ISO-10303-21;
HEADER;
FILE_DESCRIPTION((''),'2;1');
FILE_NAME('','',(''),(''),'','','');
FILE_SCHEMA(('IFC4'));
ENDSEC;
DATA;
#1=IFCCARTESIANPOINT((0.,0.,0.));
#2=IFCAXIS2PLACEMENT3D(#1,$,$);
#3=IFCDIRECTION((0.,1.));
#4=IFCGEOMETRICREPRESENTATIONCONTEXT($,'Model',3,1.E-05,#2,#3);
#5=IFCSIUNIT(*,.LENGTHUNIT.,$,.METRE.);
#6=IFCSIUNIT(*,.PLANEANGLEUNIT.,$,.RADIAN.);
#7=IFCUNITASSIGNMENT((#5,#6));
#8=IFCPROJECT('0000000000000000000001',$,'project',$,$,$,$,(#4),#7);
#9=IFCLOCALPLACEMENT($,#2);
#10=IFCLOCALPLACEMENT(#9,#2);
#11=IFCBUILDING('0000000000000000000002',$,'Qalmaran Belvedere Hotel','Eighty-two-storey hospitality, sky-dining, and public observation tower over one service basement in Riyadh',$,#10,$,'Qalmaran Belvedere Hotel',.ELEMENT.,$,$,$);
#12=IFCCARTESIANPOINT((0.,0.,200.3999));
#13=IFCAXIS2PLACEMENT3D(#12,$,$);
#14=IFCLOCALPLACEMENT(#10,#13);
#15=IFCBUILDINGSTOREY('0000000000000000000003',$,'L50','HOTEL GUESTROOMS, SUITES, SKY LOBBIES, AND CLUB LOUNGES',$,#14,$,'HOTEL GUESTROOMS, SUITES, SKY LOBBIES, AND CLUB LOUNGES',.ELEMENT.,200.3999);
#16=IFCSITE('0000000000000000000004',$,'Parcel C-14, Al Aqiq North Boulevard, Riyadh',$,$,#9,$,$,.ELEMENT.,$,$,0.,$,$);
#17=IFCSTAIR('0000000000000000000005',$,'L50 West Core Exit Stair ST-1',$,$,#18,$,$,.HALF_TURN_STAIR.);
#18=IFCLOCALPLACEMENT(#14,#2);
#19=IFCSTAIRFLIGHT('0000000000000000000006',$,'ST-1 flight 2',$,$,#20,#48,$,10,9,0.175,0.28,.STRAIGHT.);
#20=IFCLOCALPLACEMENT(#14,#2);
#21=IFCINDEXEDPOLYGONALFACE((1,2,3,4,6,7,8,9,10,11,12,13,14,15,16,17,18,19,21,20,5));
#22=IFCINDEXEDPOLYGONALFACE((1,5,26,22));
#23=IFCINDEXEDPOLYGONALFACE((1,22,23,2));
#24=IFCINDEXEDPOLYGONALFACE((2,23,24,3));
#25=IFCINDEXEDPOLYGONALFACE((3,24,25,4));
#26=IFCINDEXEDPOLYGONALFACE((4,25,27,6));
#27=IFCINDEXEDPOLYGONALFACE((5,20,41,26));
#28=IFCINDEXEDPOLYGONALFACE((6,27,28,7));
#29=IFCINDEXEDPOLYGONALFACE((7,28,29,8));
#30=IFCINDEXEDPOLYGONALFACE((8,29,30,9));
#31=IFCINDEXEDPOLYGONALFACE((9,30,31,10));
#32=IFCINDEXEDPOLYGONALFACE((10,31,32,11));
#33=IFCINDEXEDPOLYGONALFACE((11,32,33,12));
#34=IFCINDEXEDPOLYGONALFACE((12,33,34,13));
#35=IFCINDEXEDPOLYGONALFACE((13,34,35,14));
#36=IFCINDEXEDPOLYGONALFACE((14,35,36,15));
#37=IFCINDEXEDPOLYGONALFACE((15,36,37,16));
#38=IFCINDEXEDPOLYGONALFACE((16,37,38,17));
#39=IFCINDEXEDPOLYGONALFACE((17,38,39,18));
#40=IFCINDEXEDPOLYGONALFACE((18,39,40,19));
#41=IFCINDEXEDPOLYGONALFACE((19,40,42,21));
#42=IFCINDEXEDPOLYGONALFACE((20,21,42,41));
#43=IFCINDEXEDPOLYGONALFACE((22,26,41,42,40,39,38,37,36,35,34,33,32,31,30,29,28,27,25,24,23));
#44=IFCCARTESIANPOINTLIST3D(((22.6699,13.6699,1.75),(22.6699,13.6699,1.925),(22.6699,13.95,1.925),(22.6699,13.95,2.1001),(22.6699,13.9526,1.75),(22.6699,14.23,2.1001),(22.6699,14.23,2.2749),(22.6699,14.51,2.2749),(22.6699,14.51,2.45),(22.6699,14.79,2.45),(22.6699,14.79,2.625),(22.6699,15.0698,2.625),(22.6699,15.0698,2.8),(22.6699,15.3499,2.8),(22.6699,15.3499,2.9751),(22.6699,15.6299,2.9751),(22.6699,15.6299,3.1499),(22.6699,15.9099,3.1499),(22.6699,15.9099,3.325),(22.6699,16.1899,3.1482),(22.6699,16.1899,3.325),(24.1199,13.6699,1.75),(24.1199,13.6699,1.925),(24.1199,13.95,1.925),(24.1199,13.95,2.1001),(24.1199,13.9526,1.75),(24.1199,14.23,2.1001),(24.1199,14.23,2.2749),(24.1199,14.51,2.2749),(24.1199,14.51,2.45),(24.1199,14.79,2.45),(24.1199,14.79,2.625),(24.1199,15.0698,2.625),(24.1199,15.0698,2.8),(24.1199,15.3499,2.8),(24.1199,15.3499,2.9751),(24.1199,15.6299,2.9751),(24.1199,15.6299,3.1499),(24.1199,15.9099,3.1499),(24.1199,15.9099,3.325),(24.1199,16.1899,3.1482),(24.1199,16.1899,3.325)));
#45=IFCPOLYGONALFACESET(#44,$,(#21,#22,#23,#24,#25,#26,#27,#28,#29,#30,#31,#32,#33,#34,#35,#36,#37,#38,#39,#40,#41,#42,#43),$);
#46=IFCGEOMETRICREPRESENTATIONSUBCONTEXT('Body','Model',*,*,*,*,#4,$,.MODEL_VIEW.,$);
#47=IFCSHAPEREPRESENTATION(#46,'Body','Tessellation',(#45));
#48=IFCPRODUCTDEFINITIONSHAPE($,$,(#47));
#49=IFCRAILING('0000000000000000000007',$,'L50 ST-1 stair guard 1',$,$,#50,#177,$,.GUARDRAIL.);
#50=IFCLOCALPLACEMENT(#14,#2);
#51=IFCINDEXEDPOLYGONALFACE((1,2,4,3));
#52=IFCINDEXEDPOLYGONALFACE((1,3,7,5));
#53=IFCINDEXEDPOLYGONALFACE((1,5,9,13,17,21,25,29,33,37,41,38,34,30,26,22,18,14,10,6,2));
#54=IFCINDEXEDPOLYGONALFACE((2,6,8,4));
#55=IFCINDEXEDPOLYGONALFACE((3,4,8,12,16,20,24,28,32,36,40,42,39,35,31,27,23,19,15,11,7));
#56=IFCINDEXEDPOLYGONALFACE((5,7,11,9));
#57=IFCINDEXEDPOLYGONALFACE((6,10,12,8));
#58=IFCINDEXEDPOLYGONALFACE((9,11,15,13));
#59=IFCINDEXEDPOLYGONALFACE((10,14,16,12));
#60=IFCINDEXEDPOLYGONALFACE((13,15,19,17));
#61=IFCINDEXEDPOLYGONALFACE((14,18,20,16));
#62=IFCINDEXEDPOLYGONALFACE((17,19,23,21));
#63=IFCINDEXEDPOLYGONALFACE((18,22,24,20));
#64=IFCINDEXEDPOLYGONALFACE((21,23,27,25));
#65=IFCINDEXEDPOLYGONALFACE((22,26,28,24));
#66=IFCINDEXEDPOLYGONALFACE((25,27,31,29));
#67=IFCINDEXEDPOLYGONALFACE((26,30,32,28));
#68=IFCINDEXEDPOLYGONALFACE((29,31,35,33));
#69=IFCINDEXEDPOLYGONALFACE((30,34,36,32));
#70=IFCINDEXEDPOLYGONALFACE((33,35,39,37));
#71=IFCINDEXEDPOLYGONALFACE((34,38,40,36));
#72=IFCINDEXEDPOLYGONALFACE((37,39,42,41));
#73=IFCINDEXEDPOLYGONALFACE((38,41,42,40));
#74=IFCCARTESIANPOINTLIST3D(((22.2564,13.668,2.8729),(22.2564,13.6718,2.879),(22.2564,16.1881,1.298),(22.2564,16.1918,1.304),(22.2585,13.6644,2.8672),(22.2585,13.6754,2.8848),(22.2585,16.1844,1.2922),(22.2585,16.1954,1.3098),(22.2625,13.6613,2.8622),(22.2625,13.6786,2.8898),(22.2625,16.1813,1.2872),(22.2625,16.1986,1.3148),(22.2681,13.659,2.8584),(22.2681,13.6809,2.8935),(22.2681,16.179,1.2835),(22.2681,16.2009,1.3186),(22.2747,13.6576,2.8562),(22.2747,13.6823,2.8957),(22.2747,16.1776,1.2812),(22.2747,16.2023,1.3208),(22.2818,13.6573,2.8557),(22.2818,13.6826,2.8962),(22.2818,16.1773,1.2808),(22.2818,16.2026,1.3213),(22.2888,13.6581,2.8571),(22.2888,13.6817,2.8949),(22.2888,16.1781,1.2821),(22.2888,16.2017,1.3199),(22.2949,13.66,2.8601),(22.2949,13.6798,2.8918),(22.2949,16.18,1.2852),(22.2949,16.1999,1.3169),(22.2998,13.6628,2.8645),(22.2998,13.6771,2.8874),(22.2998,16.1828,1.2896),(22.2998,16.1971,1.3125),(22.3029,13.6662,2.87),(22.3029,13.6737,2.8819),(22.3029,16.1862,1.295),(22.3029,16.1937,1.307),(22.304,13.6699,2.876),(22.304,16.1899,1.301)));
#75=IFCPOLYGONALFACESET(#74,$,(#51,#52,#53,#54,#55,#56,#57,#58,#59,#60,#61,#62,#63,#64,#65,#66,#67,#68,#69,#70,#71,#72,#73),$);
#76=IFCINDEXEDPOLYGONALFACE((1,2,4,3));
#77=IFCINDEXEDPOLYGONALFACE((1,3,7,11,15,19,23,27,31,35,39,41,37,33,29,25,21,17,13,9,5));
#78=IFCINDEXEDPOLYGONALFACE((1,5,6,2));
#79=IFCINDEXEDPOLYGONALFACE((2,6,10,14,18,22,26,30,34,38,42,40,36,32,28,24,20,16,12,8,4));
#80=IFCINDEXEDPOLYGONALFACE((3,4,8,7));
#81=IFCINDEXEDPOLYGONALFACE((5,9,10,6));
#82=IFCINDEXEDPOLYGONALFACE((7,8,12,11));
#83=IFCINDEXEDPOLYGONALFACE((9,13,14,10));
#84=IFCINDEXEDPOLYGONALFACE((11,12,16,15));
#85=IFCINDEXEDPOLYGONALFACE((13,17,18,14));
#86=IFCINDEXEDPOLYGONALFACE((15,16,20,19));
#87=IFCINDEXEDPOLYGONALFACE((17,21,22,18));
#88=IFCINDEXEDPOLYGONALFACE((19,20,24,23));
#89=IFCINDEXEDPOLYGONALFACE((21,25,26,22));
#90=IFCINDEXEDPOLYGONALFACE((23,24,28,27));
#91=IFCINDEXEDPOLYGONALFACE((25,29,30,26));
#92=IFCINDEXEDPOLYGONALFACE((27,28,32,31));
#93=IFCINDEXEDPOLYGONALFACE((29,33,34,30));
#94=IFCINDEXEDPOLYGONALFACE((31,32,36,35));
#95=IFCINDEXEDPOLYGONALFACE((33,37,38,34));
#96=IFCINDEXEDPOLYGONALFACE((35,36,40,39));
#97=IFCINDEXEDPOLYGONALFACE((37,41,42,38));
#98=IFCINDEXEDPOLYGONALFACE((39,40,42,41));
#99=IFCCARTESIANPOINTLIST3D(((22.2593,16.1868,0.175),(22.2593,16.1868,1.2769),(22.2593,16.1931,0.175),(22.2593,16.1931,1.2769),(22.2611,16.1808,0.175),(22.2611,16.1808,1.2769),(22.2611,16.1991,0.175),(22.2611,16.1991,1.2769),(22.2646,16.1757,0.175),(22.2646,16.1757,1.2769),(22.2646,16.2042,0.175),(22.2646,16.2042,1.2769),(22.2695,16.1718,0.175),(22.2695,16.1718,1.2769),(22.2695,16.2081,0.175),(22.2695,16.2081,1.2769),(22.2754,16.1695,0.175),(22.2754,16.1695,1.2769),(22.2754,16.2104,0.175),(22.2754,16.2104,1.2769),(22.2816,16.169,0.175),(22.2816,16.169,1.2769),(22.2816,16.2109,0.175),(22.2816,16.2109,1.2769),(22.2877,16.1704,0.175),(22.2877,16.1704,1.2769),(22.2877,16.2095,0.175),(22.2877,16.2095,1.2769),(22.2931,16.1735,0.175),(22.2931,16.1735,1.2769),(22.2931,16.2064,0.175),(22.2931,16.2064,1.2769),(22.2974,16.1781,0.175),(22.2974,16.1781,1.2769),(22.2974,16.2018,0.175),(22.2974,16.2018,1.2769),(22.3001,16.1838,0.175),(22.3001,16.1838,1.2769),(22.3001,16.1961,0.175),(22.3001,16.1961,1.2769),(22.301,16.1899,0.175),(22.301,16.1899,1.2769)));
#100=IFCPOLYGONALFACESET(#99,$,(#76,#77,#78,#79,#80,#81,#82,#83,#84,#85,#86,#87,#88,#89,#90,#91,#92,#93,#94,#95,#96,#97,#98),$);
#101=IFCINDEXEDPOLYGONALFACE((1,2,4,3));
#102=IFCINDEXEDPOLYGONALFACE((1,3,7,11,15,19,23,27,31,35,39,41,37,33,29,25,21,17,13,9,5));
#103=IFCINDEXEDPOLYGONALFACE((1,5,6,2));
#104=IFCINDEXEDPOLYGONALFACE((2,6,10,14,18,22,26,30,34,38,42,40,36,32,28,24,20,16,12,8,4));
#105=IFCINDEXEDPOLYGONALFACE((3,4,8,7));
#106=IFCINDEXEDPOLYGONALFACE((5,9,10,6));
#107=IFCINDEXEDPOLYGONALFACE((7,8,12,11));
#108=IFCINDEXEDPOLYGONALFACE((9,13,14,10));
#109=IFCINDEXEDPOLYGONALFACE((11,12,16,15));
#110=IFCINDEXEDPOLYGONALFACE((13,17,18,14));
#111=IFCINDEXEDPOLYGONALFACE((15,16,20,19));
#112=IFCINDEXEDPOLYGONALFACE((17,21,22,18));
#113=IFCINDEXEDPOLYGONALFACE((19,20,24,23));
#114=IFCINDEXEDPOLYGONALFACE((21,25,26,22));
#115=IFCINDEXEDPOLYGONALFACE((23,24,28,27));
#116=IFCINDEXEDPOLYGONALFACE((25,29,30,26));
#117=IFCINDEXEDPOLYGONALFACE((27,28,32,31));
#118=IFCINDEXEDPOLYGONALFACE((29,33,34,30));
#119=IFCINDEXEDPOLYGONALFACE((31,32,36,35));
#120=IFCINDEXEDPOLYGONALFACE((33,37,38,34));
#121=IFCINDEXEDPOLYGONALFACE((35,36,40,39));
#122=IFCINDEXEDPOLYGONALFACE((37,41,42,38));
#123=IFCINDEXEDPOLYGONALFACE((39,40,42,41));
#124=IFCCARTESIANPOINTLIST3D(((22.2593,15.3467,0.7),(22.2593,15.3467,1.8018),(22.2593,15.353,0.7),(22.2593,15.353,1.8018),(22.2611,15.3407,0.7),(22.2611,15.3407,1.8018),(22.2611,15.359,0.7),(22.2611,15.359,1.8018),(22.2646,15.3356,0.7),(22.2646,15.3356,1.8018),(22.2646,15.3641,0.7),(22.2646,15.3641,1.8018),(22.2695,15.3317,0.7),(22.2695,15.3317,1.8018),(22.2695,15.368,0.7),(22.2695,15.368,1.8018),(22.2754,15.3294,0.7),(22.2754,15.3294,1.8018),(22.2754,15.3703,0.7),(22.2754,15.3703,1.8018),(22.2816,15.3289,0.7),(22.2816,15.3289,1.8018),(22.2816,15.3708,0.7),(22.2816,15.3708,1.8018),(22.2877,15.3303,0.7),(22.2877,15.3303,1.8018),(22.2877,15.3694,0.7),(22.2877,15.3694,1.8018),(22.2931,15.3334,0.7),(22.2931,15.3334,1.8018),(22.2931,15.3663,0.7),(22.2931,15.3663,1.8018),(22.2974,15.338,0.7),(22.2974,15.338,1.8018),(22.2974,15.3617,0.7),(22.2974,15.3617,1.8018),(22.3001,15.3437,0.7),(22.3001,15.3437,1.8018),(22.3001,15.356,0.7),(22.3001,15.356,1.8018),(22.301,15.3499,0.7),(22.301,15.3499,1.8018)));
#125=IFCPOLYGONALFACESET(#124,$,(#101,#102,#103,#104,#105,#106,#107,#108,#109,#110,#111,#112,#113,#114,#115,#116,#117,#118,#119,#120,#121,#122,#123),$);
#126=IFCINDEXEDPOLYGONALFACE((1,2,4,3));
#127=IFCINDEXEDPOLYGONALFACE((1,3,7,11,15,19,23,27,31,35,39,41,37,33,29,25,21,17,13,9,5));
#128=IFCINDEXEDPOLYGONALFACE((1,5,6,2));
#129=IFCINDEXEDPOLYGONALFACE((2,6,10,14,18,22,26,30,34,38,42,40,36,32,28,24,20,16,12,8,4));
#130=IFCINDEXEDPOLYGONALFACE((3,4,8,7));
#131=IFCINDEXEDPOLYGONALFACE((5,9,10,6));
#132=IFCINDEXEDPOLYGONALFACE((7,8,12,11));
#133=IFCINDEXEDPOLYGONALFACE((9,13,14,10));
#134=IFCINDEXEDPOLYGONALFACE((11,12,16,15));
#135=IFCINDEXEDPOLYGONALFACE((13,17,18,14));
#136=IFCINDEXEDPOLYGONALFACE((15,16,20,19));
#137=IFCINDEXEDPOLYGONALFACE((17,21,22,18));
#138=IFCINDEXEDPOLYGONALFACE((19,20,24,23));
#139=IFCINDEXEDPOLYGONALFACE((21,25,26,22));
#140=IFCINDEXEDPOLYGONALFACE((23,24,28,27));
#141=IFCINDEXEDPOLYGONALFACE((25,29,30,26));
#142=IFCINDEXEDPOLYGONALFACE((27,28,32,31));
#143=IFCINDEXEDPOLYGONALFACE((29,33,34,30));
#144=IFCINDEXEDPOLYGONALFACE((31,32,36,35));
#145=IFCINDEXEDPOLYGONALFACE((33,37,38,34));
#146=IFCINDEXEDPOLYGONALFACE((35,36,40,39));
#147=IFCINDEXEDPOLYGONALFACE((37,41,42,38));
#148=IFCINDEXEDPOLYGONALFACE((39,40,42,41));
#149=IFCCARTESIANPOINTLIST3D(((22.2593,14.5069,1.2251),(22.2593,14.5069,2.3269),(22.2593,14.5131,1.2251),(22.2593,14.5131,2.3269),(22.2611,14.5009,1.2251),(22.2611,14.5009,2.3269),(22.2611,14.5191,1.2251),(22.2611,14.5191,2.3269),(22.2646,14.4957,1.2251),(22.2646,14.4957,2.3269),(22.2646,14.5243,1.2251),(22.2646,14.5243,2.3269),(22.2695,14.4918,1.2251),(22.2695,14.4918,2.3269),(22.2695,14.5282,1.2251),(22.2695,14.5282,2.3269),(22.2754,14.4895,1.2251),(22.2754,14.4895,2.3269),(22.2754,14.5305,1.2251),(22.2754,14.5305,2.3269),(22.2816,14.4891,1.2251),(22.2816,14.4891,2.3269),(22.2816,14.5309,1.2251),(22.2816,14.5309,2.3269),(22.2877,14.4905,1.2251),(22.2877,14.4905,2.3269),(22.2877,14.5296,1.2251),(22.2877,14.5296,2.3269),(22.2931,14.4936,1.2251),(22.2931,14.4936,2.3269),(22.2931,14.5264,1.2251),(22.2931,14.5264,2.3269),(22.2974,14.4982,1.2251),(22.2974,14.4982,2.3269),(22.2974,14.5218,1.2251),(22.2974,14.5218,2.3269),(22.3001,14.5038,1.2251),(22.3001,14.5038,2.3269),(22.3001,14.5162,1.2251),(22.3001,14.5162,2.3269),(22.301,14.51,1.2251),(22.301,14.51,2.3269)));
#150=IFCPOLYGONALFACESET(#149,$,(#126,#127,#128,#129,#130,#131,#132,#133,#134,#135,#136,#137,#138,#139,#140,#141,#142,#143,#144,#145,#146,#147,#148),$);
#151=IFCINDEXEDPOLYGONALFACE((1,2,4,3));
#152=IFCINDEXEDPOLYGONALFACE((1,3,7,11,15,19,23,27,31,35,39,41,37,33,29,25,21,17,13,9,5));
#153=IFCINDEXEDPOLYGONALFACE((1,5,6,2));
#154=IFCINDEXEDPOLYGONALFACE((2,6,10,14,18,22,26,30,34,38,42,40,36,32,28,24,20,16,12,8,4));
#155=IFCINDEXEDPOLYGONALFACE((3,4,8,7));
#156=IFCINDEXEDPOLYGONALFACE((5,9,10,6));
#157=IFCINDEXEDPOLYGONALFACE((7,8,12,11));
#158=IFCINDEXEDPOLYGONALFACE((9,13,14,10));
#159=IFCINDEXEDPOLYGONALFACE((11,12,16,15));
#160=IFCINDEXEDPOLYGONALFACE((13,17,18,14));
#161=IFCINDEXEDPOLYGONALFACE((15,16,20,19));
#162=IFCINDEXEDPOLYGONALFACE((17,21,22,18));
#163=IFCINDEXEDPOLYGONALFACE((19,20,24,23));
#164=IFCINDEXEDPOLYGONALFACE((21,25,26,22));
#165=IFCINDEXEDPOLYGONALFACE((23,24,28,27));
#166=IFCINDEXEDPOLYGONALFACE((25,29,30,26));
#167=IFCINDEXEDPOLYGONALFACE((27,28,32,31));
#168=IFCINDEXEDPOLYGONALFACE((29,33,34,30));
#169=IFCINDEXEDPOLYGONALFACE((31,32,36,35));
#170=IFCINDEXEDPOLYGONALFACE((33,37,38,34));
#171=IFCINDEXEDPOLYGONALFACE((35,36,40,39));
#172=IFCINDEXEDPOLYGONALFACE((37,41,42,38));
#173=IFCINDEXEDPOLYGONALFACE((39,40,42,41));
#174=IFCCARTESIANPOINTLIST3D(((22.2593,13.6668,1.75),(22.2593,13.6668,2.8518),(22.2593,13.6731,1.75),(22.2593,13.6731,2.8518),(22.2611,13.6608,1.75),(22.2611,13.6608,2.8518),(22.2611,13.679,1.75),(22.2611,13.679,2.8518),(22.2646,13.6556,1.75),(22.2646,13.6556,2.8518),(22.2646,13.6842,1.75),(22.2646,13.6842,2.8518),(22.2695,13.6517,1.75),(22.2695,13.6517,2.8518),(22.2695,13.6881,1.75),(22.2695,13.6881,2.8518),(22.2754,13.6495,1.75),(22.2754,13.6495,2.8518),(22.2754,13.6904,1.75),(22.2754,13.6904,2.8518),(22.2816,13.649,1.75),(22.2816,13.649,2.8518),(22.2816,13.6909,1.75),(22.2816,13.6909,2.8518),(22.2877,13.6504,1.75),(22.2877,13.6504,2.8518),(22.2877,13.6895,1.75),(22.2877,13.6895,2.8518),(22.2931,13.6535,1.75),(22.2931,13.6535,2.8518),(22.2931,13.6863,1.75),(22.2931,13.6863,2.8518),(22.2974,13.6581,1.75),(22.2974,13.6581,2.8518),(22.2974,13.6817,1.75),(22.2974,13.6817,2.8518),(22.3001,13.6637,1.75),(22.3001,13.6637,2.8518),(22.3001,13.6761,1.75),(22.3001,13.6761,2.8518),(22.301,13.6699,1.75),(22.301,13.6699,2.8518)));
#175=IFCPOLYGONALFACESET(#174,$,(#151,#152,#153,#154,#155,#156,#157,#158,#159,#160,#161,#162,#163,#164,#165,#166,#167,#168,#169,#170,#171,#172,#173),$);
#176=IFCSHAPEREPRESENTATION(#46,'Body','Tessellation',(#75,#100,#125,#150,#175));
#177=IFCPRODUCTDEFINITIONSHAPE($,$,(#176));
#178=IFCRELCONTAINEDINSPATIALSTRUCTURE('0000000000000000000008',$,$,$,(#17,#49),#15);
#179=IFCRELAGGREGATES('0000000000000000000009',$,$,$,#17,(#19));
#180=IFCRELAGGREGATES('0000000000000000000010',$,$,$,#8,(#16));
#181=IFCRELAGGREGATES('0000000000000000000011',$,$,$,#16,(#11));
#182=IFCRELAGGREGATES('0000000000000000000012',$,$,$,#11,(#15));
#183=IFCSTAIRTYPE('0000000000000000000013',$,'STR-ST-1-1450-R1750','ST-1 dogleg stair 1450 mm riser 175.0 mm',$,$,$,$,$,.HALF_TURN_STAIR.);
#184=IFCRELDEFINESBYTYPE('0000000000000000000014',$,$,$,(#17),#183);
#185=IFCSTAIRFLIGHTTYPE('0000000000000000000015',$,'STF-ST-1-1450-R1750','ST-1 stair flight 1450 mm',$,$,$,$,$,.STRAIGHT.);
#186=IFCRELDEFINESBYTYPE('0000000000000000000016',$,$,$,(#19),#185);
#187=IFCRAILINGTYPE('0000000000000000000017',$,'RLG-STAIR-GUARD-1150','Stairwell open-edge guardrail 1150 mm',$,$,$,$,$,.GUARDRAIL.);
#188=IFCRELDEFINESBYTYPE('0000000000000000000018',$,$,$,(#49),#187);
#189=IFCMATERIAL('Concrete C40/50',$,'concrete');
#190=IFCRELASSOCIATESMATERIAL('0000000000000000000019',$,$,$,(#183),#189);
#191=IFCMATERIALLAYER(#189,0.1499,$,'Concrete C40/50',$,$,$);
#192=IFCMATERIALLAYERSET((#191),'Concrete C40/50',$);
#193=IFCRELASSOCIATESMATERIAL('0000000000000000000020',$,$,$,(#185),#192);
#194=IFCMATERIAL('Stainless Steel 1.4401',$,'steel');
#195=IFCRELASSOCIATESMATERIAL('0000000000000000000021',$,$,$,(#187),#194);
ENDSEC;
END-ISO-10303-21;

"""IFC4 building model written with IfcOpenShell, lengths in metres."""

from ifc_helpers import new_model, si_unit, direction, frame, origin, origin_2d, place, context, subcontext, project, spatial, polyline, circle, outline, extrude, material, layer, layer_set, type_object, element, aggregate, save


model = new_model("IFC4")

# Units and contexts
model_context = context("Model", 3, precision=1e-05, world=origin(), true_north=direction((0.0, 1.0)))
body_context = subcontext(model_context, "Body", "Model", "MODEL_VIEW")
ifc_project = project(units=[si_unit("LENGTHUNIT", "METRE"), si_unit("PLANEANGLEUNIT", "RADIAN")], contexts=[model_context])

# Site, building, storey
site_placement = place(None, origin())
site = spatial("IfcSite", under=ifc_project, at=site_placement, Name="Parcel C-14, Al Aqiq North Boulevard, Riyadh", CompositionType="ELEMENT", RefElevation=0.0)
building_placement = place(site_placement, origin())
building = spatial("IfcBuilding", under=site, at=building_placement, Name="Qalmaran Belvedere Hotel", Description="Eighty-two-storey hospitality, sky-dining, and public observation tower over one service basement in Riyadh", LongName="Qalmaran Belvedere Hotel", CompositionType="ELEMENT")
storey_placement = place(building_placement, frame((0.0, 0.0, 200.3999)))
storey = spatial("IfcBuildingStorey", under=building, at=storey_placement, Name="L50", Description="HOTEL GUESTROOMS, SUITES, SKY LOBBIES, AND CLUB LOUNGES", LongName="HOTEL GUESTROOMS, SUITES, SKY LOBBIES, AND CLUB LOUNGES", CompositionType="ELEMENT", Elevation=200.3999)

# Shared definitions
ifc_material_1 = material(Name="Stainless Steel 1.4401", Category="steel")

# Stair, stair flight
ifc_material_2 = material(Name="Concrete C40/50", Category="concrete")
stair_type = type_object("IfcStairType", Name="STR-ST-1-1450-R1750", Description="ST-1 dogleg stair 1450 mm riser 175.0 mm", PredefinedType="HALF_TURN_STAIR", material=ifc_material_2)
stair_placement = place(storey_placement, origin())
stair = element("IfcStair", 1, at=stair_placement, inside=storey, type_object=stair_type, Name="L50 West Core Exit Stair ST-1", PredefinedType="HALF_TURN_STAIR")
ifc_layer_1 = layer(ifc_material_2, 0.1499, Name="Concrete C40/50")
ifc_layer_set_1 = layer_set([ifc_layer_1], Name="Concrete C40/50")
stair_flight_type = type_object("IfcStairFlightType", Name="STF-ST-1-1450-R1750", Description="ST-1 stair flight 1450 mm", PredefinedType="STRAIGHT", material=ifc_layer_set_1)
stair_flight_1_placement = place(storey_placement, frame((23.395, 13.6699, 1.75), z_axis=(0.0, 0.0, 1.0), x_axis=(0.0, 1.0, 0.0)))
stair_flight_1 = element("IfcStairFlight", 2, at=stair_flight_1_placement, type_object=stair_flight_type, Name="ST-1 flight 2", NumberOfRisers=10, NumberOfTreads=9, PredefinedType="STRAIGHT", RiserHeight=0.175, TreadLength=0.28, context=body_context, shape_type="SweptSolid", body=[
    extrude(outline(polyline([(0.0, 0.0), (0.0, 0.175), (0.28, 0.175), (0.28, 0.3501), (0.5601, 0.3501), (0.5601, 0.5249), (0.8401, 0.5249), (0.8401, 0.7), (1.1201, 0.7), (1.1201, 0.875), (1.3999, 0.875), (1.3999, 1.05), (1.6799, 1.05), (1.6799, 1.2251), (1.96, 1.2251), (1.96, 1.3999), (2.24, 1.3999), (2.24, 1.575), (2.52, 1.575), (2.52, 1.75), (2.52, 1.3982), (0.2827, 0.0), (0.0, 0.0)])), frame((0.0, 0.7251, 0.0), z_axis=(0.0, -1.0, 0.0), x_axis=(1.0, 0.0, 0.0)), (0.0, 0.0, 1.0), 1.45),
])
aggregate(stair, [stair_flight_1])

# Railing
railing_type_1 = type_object("IfcRailingType", Name="RLG-STAIR-GUARD-1150", Description="Stairwell open-edge guardrail 1150 mm", PredefinedType="GUARDRAIL", material=ifc_material_1)
railing_1_placement = place(storey_placement, frame((22.28, 16.1899, 0.175)))
element("IfcRailing", 3, at=railing_1_placement, inside=storey, type_object=railing_type_1, Name="L50 ST-1 stair guard 1", PredefinedType="GUARDRAIL", context=body_context, shape_type="SweptSolid", body=[
    extrude(circle(Radius=0.0239, at=origin_2d()), frame((0.0, 0.0, 1.126), z_axis=(0.0, -0.848008, 0.529984), x_axis=(1.0, 0.0, 0.0)), (0.0, 0.0, 1.0), 2.9717),
    extrude(circle(Radius=0.021, at=origin_2d()), origin(), (0.0, 0.0, 1.0), 1.1018),
    extrude(circle(Radius=0.021, at=origin_2d()), frame((0.0, -0.8401, 0.5249)), (0.0, 0.0, 1.0), 1.1018),
    extrude(circle(Radius=0.021, at=origin_2d()), frame((0.0, -1.6799, 1.05)), (0.0, 0.0, 1.0), 1.1018),
    extrude(circle(Radius=0.021, at=origin_2d()), frame((0.0, -2.52, 1.575)), (0.0, 0.0, 1.0), 1.1018),
])

save(model, "model.ifc")
